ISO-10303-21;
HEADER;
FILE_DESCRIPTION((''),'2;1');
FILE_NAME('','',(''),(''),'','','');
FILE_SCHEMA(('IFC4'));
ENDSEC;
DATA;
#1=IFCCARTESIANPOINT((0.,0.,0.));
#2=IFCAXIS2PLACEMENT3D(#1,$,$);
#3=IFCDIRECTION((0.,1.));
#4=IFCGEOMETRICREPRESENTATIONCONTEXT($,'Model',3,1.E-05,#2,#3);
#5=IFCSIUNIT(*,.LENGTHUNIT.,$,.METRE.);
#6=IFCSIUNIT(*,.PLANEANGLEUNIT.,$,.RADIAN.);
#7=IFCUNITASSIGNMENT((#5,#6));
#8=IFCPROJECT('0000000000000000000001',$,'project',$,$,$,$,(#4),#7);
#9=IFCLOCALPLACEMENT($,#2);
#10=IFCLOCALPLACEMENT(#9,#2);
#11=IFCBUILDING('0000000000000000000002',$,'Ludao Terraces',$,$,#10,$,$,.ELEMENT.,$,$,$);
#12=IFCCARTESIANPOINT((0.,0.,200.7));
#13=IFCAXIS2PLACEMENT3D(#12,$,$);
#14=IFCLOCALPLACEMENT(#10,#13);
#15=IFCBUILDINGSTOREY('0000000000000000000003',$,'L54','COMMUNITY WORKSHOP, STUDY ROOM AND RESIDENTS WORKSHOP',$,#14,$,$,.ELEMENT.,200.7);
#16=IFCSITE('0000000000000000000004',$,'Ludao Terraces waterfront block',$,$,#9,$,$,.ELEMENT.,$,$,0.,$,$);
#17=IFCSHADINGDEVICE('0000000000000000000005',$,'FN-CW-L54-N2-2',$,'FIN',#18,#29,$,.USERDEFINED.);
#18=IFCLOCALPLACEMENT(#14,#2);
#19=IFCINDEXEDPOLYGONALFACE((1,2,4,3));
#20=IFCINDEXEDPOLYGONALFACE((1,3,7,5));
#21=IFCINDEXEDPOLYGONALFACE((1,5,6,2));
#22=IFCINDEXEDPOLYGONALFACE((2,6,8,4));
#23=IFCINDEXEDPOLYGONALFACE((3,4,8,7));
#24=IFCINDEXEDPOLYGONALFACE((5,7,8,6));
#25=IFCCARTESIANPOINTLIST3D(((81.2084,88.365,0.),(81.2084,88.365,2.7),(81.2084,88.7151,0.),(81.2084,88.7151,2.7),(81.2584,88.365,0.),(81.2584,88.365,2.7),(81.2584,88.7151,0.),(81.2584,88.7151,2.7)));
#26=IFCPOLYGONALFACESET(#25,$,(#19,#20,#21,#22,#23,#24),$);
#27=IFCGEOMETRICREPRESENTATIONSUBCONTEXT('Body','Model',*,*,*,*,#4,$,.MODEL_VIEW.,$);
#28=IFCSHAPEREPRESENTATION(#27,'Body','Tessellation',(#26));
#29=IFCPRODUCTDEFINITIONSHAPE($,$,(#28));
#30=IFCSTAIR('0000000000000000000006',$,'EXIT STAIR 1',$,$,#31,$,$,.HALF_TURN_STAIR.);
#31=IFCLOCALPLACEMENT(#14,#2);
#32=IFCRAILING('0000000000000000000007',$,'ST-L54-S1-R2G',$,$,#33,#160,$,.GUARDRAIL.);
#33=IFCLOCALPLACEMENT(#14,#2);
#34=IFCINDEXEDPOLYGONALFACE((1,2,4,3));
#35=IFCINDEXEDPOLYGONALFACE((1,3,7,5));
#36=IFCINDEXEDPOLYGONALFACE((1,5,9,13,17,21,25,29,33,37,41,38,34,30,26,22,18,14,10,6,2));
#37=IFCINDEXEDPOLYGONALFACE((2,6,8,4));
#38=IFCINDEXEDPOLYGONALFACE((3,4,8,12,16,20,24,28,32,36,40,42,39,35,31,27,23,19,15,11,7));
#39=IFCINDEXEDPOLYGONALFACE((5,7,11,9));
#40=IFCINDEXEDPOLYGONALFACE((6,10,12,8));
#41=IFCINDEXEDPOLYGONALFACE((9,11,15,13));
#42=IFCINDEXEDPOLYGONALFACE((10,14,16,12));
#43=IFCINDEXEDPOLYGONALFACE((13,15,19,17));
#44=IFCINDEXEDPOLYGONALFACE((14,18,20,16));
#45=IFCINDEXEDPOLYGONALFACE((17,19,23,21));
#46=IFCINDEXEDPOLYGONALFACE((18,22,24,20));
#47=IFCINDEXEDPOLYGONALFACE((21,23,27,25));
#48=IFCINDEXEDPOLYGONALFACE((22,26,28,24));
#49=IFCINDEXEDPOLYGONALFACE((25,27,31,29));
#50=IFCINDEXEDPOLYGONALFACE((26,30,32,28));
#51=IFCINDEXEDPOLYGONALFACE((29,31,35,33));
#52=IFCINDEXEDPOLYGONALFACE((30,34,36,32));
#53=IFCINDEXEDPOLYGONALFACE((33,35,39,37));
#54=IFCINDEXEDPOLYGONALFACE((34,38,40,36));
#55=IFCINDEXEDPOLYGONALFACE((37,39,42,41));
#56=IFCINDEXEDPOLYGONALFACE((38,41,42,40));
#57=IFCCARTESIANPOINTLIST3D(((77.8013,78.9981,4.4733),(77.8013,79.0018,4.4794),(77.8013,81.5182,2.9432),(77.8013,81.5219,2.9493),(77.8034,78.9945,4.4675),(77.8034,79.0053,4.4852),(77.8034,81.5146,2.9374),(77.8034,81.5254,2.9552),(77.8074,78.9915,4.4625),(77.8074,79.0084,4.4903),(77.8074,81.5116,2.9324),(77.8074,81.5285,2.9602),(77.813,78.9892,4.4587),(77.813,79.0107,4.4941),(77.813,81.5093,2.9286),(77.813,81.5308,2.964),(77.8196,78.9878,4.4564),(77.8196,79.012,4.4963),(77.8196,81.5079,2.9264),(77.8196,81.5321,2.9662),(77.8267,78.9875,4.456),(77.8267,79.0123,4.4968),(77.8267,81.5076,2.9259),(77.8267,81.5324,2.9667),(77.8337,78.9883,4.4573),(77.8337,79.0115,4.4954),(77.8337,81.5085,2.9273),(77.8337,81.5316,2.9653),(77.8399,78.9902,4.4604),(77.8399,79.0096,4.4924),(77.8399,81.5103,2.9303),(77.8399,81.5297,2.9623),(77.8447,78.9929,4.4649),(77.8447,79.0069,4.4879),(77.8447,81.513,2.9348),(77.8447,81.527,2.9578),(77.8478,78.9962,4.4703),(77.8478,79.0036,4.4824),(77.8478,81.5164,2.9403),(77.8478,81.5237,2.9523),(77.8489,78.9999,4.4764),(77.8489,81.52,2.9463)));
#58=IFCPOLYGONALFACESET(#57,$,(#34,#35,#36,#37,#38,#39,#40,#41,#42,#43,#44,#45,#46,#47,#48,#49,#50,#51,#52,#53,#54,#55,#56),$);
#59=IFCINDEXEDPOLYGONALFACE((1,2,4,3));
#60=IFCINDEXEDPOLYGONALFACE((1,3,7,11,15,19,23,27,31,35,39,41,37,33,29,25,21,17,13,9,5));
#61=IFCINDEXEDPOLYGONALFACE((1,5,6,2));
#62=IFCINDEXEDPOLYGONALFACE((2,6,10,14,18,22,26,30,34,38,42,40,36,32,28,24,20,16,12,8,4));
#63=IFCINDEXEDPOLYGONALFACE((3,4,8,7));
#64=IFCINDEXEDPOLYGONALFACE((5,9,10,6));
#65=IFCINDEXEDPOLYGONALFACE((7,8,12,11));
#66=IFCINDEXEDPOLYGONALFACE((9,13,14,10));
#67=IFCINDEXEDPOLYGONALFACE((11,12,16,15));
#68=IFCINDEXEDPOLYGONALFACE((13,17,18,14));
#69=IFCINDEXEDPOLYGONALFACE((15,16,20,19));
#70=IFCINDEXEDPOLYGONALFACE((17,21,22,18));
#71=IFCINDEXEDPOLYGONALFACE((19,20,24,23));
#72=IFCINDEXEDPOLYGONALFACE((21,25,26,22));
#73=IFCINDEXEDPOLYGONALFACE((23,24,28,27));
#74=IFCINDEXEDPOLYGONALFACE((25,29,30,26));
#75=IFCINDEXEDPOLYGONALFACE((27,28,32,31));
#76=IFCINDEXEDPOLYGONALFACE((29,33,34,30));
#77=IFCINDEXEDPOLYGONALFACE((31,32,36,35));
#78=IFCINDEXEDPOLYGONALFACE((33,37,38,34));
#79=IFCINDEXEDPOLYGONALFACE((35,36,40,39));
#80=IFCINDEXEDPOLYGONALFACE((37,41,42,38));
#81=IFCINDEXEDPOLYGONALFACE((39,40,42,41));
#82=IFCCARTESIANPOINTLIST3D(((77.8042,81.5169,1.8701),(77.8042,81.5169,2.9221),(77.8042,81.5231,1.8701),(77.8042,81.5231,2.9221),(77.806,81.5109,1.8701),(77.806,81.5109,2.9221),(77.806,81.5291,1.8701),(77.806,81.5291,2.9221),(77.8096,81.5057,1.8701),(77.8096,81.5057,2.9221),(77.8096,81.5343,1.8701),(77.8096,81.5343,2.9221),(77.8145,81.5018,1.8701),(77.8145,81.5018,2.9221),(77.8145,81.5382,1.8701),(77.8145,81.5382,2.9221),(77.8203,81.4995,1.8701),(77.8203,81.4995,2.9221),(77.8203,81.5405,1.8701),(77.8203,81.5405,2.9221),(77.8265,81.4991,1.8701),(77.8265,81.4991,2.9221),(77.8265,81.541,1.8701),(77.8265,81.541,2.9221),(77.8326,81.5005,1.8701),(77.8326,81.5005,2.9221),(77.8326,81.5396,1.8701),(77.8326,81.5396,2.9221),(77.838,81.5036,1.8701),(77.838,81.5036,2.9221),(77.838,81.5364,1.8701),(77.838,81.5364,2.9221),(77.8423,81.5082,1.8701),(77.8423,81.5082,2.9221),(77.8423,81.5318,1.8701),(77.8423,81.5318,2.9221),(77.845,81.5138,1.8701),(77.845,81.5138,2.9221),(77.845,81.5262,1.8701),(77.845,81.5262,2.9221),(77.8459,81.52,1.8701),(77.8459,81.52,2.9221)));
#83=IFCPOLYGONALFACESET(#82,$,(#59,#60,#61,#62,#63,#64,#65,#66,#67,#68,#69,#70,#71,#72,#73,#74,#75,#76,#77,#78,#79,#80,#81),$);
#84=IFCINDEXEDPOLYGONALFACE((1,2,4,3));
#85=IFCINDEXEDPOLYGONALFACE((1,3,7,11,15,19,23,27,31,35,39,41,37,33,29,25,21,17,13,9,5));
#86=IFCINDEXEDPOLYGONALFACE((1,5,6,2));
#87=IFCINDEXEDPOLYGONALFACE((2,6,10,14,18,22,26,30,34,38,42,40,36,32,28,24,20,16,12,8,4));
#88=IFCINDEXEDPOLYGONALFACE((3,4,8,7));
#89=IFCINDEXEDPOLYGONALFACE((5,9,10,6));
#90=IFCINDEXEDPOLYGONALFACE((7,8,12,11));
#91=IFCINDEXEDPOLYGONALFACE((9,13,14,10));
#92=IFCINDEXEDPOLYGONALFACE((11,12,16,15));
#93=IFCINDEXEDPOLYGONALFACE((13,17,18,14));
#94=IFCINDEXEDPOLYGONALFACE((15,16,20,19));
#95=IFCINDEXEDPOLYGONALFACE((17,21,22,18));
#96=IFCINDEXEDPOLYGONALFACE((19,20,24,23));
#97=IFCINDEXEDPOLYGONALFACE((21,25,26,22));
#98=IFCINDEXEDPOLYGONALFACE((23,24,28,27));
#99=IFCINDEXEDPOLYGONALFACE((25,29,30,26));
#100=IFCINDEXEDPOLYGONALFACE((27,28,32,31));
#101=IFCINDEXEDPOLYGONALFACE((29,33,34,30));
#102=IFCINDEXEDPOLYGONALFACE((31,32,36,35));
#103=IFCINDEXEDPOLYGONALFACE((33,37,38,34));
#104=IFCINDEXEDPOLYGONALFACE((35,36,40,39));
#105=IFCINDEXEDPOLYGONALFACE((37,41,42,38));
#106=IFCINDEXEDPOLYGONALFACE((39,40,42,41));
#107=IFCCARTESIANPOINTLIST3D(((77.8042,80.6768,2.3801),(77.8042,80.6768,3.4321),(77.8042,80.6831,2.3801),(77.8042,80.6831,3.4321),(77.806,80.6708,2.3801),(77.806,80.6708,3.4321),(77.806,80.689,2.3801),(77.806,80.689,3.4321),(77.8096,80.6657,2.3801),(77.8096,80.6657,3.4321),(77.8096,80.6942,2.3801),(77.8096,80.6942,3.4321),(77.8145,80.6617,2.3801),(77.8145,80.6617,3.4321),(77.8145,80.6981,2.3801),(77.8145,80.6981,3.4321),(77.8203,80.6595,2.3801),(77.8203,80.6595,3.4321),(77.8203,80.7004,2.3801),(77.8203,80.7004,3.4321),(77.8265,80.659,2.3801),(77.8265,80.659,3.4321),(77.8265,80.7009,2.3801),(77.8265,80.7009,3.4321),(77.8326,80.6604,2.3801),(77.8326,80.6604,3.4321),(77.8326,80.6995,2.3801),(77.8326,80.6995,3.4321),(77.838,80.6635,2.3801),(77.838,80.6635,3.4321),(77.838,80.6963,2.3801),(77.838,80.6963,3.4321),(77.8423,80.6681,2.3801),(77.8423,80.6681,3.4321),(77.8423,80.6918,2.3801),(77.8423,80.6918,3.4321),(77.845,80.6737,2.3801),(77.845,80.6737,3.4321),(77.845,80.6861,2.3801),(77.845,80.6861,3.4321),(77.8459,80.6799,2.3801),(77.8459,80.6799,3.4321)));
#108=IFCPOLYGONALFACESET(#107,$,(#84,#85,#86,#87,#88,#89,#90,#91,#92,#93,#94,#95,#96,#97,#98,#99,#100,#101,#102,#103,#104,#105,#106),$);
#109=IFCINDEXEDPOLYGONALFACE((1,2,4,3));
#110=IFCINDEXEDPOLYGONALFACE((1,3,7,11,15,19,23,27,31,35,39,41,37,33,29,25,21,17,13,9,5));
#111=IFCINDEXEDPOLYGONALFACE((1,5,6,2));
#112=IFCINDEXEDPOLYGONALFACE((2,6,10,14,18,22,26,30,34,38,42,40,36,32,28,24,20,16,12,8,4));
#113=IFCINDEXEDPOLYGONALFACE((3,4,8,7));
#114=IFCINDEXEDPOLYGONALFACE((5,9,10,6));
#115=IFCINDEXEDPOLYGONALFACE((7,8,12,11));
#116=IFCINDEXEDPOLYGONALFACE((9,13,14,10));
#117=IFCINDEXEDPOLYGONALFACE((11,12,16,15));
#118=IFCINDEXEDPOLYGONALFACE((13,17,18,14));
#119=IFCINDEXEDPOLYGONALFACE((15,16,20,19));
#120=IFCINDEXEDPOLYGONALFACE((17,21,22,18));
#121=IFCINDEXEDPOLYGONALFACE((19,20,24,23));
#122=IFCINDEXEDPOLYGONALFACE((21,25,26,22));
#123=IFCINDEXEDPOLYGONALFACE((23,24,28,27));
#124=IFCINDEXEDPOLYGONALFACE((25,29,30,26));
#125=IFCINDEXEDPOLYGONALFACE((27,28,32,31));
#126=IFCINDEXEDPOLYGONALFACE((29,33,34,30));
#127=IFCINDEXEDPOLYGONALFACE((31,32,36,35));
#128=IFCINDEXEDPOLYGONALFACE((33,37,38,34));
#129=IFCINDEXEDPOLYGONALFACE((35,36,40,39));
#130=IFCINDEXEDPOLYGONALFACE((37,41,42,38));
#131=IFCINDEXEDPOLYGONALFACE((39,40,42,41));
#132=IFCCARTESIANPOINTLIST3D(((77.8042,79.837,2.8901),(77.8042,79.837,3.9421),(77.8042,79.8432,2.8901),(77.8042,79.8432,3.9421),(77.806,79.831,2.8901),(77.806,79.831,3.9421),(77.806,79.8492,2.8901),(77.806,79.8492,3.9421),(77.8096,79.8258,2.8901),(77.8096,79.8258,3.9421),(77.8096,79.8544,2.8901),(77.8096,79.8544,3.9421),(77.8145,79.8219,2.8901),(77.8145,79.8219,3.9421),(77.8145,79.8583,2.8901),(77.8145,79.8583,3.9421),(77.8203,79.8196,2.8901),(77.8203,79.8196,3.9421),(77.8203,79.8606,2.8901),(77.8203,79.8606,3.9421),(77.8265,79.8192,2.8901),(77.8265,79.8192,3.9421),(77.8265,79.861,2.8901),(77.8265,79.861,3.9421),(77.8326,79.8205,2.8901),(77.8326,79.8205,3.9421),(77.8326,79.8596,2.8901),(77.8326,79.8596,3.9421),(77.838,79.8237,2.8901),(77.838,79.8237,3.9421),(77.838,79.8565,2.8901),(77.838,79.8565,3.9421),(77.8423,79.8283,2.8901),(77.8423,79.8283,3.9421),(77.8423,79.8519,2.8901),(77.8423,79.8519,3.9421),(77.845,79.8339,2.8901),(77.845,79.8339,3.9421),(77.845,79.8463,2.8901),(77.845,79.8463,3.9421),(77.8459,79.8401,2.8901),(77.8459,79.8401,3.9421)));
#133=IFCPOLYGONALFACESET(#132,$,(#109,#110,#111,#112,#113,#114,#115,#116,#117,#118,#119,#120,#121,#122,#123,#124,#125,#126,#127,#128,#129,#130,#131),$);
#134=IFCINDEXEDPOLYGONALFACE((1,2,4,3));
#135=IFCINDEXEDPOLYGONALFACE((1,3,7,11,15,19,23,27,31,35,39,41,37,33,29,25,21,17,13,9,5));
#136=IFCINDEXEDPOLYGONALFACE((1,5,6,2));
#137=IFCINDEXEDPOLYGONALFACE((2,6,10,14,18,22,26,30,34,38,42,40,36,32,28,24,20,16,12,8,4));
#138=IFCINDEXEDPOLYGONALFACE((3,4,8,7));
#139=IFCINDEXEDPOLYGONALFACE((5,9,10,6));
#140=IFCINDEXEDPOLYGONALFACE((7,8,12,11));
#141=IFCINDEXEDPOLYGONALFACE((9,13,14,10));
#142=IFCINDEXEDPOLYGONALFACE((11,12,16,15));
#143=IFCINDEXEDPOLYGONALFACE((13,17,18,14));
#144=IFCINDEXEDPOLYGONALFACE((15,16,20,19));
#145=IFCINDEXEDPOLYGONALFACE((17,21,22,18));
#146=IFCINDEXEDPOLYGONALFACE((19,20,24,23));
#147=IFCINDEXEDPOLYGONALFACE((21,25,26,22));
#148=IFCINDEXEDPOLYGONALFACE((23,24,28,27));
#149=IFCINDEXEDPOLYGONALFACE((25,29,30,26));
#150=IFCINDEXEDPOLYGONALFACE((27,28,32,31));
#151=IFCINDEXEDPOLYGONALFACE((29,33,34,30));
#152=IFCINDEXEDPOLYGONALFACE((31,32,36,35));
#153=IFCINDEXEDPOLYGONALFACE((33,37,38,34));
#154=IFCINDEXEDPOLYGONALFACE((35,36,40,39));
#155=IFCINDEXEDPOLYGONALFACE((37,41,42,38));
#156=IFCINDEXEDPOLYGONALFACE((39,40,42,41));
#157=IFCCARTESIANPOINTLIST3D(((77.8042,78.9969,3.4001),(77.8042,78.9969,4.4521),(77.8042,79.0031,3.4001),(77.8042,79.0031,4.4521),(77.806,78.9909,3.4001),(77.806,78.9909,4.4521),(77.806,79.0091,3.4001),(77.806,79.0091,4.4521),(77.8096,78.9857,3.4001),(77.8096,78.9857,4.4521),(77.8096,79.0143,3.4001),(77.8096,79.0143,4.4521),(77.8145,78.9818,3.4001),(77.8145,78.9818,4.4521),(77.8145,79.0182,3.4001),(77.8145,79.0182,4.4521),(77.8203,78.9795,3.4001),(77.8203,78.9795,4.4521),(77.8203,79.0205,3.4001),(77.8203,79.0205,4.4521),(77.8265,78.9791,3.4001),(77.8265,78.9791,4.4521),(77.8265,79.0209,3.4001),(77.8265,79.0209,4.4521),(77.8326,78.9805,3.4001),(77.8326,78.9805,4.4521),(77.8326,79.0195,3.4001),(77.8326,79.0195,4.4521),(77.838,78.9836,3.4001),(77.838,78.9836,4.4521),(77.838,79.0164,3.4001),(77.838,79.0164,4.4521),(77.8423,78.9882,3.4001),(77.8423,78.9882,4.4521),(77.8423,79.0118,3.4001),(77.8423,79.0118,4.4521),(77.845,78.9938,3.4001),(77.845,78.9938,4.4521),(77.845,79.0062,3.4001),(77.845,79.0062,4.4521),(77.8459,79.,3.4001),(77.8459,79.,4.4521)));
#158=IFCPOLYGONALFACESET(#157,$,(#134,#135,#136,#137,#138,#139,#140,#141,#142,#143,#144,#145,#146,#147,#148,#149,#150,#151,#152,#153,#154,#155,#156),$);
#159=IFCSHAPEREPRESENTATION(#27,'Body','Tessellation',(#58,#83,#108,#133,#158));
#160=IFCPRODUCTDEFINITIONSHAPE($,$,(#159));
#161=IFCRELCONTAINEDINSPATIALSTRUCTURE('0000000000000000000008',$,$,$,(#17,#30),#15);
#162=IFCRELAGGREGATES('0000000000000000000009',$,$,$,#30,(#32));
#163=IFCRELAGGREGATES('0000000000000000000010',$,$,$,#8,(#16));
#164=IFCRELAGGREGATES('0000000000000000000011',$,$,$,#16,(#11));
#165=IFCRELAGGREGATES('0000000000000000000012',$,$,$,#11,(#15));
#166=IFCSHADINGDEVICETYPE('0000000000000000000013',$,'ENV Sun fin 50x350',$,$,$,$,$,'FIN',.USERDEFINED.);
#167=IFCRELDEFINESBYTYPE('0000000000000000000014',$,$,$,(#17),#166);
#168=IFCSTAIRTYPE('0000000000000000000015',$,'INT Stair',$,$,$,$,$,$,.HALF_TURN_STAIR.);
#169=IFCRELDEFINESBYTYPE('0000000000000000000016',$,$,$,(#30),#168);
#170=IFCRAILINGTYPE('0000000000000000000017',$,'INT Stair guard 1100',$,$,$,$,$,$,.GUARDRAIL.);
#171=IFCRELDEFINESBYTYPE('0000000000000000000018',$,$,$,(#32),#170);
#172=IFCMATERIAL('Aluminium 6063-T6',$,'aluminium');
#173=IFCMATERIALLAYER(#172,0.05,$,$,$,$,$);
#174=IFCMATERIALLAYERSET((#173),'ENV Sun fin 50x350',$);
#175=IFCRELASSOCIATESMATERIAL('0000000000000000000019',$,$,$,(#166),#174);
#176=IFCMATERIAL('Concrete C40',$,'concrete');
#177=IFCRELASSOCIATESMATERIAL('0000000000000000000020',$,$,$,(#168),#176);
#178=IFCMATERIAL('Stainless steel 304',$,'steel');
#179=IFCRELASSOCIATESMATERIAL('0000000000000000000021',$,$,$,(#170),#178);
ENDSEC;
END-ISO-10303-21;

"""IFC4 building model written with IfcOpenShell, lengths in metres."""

from ifc_helpers import new_model, si_unit, direction, frame, origin, origin_2d, place, context, subcontext, project, spatial, rectangle, circle, extrude, material, layer, layer_set, type_object, element, aggregate, save


model = new_model("IFC4")

# Units and contexts
model_context = context("Model", 3, precision=1e-05, world=origin(), true_north=direction((0.0, 1.0)))
body_context = subcontext(model_context, "Body", "Model", "MODEL_VIEW")
ifc_project = project(units=[si_unit("LENGTHUNIT", "METRE"), si_unit("PLANEANGLEUNIT", "RADIAN")], contexts=[model_context])

# Site, building, storey
site_placement = place(None, origin())
site = spatial("IfcSite", under=ifc_project, at=site_placement, Name="Ludao Terraces waterfront block", CompositionType="ELEMENT", RefElevation=0.0)
building_placement = place(site_placement, origin())
building = spatial("IfcBuilding", under=site, at=building_placement, Name="Ludao Terraces", CompositionType="ELEMENT")
storey_placement = place(building_placement, frame((0.0, 0.0, 200.7)))
storey = spatial("IfcBuildingStorey", under=building, at=storey_placement, Name="L54", Description="COMMUNITY WORKSHOP, STUDY ROOM AND RESIDENTS WORKSHOP", CompositionType="ELEMENT", Elevation=200.7)

# Shared definitions
ifc_material_1 = material(Name="Aluminium 6063-T6", Category="aluminium")

# Shared definitions
ifc_material_2 = material(Name="Stainless steel 304", Category="steel")

# Shading device
ifc_layer_1 = layer(ifc_material_1, 0.05)
ifc_layer_set_1 = layer_set([ifc_layer_1], Name="ENV Sun fin 50x350")
shading_device_type = type_object("IfcShadingDeviceType", Name="ENV Sun fin 50x350", ElementType="FIN", PredefinedType="USERDEFINED", material=ifc_layer_set_1)
for number, where, z_axis, x_axis, name in (
    (1, (81.2334, 88.54, 0.0), (0.0, 0.0, 1.0), (1.0, 0.0, 0.0), "FN-CW-L54-N2-2"),
):
    element("IfcShadingDevice", number, at=place(storey_placement, frame(where, z_axis=z_axis, x_axis=x_axis)), inside=storey, type_object=shading_device_type, Name=name, ObjectType="FIN", PredefinedType="USERDEFINED", context=body_context, shape_type="SweptSolid", body=[
        extrude(rectangle(XDim=0.05, YDim=0.3501, at=origin_2d()), origin(), (0.0, 0.0, 1.0), 2.7),
    ])

# Stair, railing
ifc_material_3 = material(Name="Concrete C40", Category="concrete")
stair_type = type_object("IfcStairType", Name="INT Stair", PredefinedType="HALF_TURN_STAIR", material=ifc_material_3)
stair_placement = place(storey_placement, origin())
stair = element("IfcStair", 2, at=stair_placement, inside=storey, type_object=stair_type, Name="EXIT STAIR 1", PredefinedType="HALF_TURN_STAIR")
railing_type_1 = type_object("IfcRailingType", Name="INT Stair guard 1100", PredefinedType="GUARDRAIL", material=ifc_material_2)
railing_1_placement = place(storey_placement, frame((77.825, 81.52, 1.8701)))
railing_1 = element("IfcRailing", 3, at=railing_1_placement, type_object=railing_type_1, Name="ST-L54-S1-R2G", PredefinedType="GUARDRAIL", context=body_context, shape_type="SweptSolid", body=[
    extrude(circle(Radius=0.0239, at=origin_2d()), frame((0.0, 0.0, 1.0762), z_axis=(0.0, -0.854785, 0.518982), x_axis=(1.0, 0.0, 0.0)), (0.0, 0.0, 1.0), 2.9482),
    extrude(circle(Radius=0.021, at=origin_2d()), origin(), (0.0, 0.0, 1.0), 1.052),
    extrude(circle(Radius=0.021, at=origin_2d()), frame((0.0, -0.8401, 0.51)), (0.0, 0.0, 1.0), 1.052),
    extrude(circle(Radius=0.021, at=origin_2d()), frame((0.0, -1.6799, 1.02)), (0.0, 0.0, 1.0), 1.052),
    extrude(circle(Radius=0.021, at=origin_2d()), frame((0.0, -2.52, 1.53)), (0.0, 0.0, 1.0), 1.052),
])
aggregate(stair, [railing_1])

save(model, "model.ifc")
